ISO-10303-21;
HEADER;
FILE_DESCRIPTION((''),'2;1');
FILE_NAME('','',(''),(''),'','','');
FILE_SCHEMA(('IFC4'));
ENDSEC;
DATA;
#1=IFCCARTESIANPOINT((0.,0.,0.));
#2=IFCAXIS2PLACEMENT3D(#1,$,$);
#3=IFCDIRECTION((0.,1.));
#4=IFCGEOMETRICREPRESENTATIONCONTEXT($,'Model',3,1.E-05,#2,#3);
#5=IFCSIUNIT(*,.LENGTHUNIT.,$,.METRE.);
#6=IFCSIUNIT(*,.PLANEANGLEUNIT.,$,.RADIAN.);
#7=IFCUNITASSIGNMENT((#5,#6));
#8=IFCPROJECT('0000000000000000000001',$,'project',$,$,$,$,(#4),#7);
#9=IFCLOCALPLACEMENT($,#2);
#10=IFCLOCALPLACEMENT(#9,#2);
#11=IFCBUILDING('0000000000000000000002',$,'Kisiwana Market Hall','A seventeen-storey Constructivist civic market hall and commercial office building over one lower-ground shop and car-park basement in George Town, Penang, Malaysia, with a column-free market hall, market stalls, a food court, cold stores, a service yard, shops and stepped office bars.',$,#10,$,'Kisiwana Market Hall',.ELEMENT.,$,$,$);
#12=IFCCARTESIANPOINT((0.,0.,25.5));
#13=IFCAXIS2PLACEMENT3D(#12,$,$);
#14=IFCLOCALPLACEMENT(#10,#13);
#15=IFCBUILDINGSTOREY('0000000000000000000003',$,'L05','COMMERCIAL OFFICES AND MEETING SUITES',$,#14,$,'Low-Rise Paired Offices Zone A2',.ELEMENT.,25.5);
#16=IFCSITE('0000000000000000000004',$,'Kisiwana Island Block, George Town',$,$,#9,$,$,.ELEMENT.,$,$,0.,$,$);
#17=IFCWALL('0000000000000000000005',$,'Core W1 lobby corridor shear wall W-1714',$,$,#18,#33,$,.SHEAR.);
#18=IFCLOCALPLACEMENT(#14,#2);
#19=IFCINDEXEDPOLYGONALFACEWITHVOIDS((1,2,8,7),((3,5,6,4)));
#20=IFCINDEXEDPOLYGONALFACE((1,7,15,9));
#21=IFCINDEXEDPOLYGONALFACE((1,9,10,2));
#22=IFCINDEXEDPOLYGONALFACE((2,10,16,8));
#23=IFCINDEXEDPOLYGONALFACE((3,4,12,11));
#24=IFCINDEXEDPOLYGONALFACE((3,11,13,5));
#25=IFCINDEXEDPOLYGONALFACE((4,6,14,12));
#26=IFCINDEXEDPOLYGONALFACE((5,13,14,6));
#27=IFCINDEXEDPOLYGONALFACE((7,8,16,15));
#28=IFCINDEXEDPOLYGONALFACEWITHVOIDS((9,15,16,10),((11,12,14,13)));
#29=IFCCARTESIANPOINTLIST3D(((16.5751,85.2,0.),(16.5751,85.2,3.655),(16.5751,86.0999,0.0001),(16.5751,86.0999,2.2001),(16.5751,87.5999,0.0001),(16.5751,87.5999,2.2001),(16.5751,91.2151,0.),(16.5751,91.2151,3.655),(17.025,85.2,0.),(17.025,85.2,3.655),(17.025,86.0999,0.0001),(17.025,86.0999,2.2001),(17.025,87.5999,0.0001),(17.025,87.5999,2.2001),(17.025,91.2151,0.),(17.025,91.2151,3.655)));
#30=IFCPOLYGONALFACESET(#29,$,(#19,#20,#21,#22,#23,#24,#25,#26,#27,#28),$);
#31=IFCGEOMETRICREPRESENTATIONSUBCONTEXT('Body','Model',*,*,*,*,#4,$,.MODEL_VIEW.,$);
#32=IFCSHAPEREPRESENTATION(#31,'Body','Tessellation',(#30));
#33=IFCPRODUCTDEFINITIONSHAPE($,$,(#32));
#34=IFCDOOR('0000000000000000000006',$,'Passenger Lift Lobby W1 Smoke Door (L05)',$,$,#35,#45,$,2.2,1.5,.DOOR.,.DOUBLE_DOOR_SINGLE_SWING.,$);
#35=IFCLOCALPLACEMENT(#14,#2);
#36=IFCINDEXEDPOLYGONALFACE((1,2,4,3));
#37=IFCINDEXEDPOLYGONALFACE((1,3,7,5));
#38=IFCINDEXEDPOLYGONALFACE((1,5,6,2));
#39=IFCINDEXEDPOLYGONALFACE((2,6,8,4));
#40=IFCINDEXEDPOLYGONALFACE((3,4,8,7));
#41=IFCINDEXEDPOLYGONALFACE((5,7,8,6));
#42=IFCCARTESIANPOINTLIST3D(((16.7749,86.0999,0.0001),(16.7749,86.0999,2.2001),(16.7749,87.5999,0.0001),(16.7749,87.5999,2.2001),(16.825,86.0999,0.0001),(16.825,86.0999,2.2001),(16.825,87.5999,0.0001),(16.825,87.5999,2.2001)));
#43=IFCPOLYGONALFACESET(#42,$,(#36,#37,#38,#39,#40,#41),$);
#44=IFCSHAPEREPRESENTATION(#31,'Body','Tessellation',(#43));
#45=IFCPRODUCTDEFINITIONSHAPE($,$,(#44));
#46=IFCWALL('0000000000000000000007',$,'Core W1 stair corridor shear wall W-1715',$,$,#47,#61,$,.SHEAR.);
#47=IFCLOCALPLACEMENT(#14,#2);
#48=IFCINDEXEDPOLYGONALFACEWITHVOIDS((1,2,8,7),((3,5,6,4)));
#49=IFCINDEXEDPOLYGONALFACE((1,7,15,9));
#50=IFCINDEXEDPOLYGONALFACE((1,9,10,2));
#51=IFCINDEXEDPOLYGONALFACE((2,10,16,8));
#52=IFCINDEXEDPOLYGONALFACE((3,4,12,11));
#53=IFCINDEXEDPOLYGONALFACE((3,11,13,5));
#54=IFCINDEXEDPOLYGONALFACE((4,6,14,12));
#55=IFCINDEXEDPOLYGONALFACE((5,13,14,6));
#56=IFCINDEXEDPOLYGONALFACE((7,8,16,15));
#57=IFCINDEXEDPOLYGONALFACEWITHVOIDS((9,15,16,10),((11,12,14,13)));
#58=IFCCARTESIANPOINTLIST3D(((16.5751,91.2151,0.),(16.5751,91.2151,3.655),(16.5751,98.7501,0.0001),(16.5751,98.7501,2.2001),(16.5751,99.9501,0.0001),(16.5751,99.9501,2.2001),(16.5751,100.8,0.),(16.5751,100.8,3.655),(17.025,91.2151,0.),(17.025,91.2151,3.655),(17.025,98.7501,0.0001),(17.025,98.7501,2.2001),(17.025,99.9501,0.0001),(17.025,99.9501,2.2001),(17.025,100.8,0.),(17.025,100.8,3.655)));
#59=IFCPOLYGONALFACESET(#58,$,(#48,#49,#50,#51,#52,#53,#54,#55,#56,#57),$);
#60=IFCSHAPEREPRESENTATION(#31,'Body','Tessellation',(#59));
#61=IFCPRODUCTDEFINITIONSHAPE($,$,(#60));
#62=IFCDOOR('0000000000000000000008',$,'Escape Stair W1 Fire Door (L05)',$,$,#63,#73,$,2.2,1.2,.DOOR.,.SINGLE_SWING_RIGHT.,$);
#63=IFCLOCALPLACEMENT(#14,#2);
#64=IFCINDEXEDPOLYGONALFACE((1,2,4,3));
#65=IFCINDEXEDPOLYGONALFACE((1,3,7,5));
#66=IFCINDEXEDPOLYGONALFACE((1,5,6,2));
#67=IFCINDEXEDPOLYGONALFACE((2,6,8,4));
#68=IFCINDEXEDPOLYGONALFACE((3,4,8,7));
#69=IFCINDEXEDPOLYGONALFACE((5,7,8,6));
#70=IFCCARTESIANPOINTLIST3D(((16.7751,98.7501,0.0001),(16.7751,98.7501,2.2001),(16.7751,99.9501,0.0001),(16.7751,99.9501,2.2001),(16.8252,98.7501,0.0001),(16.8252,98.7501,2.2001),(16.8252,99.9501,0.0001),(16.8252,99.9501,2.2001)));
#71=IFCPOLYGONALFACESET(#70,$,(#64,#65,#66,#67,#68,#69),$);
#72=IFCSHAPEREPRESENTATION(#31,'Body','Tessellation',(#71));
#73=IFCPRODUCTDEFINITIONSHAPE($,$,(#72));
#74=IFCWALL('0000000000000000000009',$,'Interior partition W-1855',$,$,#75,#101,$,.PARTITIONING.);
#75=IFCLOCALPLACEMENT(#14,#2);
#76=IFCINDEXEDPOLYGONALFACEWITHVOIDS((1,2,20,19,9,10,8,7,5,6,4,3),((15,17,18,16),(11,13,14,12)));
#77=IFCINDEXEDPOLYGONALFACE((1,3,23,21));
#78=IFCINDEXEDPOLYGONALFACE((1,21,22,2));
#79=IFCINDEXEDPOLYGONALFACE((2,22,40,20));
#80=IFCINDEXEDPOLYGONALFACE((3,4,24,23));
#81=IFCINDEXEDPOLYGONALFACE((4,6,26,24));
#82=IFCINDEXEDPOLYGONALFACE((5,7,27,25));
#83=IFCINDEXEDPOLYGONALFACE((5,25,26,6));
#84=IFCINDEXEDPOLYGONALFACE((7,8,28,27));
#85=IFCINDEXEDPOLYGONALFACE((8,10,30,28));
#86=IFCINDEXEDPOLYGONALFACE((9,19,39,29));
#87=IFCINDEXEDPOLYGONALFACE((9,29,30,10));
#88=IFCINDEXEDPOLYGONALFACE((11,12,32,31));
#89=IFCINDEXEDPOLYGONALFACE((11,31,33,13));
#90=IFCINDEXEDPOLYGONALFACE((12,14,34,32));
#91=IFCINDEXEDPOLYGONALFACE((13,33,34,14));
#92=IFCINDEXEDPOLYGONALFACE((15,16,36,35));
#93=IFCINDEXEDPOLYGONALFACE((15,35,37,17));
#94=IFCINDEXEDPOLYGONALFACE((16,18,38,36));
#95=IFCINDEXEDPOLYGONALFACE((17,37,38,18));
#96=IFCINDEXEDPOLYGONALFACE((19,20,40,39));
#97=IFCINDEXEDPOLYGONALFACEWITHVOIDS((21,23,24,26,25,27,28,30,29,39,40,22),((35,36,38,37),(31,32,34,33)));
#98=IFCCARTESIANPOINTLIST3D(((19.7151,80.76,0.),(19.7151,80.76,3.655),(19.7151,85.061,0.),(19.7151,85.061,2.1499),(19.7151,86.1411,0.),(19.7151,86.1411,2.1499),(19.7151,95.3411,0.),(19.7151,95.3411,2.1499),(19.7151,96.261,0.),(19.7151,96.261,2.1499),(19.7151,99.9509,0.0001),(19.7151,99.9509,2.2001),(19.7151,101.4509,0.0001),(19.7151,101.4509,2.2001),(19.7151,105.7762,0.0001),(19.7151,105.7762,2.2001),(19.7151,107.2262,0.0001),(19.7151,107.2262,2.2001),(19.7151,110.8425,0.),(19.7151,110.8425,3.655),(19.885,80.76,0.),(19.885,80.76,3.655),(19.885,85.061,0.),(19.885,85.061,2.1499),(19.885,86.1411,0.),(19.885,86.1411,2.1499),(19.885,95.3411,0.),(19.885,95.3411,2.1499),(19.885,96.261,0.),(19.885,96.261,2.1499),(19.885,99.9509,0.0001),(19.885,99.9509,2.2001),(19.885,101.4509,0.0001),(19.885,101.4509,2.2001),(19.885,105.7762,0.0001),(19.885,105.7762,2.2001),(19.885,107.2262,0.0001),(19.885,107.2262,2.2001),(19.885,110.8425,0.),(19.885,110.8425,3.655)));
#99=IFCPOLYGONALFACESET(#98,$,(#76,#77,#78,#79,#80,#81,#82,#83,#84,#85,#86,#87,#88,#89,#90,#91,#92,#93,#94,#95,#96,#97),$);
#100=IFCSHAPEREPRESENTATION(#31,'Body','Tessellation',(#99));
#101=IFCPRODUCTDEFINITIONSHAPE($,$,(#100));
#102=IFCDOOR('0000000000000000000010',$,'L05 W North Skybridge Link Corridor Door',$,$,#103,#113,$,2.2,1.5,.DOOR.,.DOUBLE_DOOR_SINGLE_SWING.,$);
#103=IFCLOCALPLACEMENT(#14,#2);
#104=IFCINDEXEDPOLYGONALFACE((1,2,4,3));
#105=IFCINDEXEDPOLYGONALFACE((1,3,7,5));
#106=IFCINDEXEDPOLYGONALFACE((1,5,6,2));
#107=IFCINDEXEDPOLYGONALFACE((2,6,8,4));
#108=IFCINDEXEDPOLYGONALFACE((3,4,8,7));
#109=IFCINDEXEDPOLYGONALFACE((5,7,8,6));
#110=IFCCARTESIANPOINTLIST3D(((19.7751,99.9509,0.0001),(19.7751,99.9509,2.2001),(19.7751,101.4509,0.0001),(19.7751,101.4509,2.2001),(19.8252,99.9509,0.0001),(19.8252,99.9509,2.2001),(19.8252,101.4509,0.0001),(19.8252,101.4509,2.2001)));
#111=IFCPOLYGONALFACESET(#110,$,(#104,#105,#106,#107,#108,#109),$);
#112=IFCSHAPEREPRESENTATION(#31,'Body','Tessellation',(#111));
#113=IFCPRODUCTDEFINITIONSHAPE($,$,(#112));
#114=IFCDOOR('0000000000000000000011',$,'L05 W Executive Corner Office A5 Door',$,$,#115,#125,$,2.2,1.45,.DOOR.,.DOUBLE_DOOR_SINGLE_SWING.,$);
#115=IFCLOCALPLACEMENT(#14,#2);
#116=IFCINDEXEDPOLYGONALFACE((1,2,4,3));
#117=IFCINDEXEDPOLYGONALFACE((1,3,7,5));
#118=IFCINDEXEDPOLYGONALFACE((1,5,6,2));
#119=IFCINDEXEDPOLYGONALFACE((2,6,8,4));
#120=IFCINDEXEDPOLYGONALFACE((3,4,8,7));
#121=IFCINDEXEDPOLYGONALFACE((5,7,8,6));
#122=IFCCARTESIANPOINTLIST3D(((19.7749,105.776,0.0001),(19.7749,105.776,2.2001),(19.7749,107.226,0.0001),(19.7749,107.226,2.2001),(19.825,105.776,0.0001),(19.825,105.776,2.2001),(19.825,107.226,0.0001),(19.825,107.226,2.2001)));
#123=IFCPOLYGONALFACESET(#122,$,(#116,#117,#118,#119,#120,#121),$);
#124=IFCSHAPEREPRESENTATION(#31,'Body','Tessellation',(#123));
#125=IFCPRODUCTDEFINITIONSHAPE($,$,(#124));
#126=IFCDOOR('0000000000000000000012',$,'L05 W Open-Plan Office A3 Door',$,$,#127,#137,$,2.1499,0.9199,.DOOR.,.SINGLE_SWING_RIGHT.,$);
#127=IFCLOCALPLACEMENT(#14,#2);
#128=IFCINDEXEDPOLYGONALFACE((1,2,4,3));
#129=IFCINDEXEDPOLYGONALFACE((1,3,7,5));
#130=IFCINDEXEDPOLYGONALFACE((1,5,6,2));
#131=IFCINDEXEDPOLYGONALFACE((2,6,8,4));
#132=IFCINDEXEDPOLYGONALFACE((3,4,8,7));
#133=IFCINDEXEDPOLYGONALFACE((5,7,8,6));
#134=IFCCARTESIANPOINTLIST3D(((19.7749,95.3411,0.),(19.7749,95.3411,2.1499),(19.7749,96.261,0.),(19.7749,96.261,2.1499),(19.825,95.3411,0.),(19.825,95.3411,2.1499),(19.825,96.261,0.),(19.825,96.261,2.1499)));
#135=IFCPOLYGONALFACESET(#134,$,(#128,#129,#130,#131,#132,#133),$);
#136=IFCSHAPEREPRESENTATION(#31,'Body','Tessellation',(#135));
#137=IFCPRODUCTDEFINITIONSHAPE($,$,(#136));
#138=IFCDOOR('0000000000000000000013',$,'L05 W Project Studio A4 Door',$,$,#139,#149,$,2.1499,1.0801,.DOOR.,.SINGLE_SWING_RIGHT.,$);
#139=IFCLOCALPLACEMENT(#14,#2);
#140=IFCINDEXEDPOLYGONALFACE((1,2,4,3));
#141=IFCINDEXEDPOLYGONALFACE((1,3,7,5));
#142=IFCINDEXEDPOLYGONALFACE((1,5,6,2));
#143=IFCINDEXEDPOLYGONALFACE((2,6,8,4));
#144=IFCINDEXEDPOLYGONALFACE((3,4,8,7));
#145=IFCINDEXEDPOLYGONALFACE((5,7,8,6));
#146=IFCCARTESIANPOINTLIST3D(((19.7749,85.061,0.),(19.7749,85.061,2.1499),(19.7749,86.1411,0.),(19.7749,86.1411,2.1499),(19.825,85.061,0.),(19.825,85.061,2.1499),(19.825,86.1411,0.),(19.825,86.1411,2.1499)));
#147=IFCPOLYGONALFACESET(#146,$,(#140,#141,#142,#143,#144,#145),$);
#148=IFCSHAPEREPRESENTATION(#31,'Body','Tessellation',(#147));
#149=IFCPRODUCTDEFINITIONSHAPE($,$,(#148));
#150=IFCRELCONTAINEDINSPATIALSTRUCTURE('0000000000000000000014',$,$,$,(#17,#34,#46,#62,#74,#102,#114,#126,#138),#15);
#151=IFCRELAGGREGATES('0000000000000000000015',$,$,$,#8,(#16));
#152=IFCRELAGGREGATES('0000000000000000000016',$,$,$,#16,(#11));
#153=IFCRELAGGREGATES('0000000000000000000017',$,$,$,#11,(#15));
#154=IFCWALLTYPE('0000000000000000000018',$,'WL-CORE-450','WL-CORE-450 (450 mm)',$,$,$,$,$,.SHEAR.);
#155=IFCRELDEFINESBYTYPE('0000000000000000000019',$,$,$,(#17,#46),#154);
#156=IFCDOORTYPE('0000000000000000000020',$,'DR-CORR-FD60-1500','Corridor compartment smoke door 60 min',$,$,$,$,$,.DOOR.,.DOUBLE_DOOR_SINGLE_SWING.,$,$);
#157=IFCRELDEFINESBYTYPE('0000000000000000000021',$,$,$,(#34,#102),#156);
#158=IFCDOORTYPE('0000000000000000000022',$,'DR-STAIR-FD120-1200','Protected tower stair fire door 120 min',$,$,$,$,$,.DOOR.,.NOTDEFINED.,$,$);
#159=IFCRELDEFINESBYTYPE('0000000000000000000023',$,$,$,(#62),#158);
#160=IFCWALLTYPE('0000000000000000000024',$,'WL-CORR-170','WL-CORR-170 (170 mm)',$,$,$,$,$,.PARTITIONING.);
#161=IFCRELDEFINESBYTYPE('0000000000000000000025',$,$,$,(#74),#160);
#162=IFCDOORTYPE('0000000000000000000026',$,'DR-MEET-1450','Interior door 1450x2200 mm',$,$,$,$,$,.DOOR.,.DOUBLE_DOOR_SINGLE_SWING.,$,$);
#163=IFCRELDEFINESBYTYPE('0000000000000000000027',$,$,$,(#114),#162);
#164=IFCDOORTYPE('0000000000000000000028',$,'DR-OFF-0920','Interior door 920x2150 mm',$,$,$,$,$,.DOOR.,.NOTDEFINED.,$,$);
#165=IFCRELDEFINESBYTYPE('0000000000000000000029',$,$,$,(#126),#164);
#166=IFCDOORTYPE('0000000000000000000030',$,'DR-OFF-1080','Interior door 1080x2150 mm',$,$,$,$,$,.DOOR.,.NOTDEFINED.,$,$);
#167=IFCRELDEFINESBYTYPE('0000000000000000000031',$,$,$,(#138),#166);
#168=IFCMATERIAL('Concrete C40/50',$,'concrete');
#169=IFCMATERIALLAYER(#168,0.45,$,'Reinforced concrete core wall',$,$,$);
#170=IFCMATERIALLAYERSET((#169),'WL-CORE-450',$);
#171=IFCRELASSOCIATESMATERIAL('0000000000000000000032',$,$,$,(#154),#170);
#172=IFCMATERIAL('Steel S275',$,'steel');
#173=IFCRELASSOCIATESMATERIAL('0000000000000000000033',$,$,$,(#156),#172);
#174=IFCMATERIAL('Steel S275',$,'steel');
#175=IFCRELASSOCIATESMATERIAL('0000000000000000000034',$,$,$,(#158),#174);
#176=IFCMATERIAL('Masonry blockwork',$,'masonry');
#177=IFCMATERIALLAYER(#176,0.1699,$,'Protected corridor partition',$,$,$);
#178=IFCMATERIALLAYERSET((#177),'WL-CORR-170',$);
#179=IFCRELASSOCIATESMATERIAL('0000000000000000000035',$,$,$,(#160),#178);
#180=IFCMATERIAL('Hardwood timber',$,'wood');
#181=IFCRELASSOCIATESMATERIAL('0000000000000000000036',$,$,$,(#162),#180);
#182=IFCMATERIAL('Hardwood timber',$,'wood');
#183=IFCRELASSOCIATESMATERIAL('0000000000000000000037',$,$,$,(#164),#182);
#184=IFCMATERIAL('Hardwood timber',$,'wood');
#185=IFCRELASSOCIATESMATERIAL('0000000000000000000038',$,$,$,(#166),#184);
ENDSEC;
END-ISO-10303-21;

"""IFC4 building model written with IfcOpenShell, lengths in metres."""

from ifc_helpers import new_model, si_unit, direction, frame, frame_2d, origin, place, context, subcontext, project, spatial, rectangle, extrude, material, layer, layer_set, type_object, element, fill, save


model = new_model("IFC4")

# Units and contexts
model_context = context("Model", 3, precision=1e-05, world=origin(), true_north=direction((0.0, 1.0)))
body_context = subcontext(model_context, "Body", "Model", "MODEL_VIEW")
ifc_project = project(units=[si_unit("LENGTHUNIT", "METRE"), si_unit("PLANEANGLEUNIT", "RADIAN")], contexts=[model_context])

# Site, building, storey
site_placement = place(None, origin())
site = spatial("IfcSite", under=ifc_project, at=site_placement, Name="Kisiwana Island Block, George Town", CompositionType="ELEMENT", RefElevation=0.0)
building_placement = place(site_placement, origin())
building = spatial("IfcBuilding", under=site, at=building_placement, Name="Kisiwana Market Hall", Description="A seventeen-storey Constructivist civic market hall and commercial office building over one lower-ground shop and car-park basement in George Town, Penang, Malaysia, with a column-free market hall, market stalls, a food court, cold stores, a service yard, shops and stepped office bars.", LongName="Kisiwana Market Hall", CompositionType="ELEMENT")
storey_placement = place(building_placement, frame((0.0, 0.0, 25.5)))
storey = spatial("IfcBuildingStorey", under=building, at=storey_placement, Name="L05", Description="COMMERCIAL OFFICES AND MEETING SUITES", LongName="Low-Rise Paired Offices Zone A2", CompositionType="ELEMENT", Elevation=25.5)

# Walls, openings, doors
ifc_material_1 = material(Name="Concrete C40/50", Category="concrete")
ifc_layer_1 = layer(ifc_material_1, 0.45, Name="Reinforced concrete core wall")
ifc_layer_set_1 = layer_set([ifc_layer_1], Name="WL-CORE-450")
wall_type_1 = type_object("IfcWallType", Name="WL-CORE-450", Description="WL-CORE-450 (450 mm)", PredefinedType="SHEAR", material=ifc_layer_set_1)
wall_1_placement = place(storey_placement, frame((16.8, 85.2, 0.0), z_axis=(0.0, 0.0, 1.0), x_axis=(0.0, 1.0, 0.0)))
wall_1 = element("IfcWall", 1, at=wall_1_placement, inside=storey, type_object=wall_type_1, Name="Core W1 lobby corridor shear wall W-1714", PredefinedType="SHEAR", context=body_context, shape_type="SweptSolid", body=[
    extrude(rectangle(XDim=6.0151, YDim=0.45, at=frame_2d((3.0076, 0.0))), origin(), (0.0, 0.0, 1.0), 3.655),
])
opening_1_placement = place(wall_1_placement, frame((0.8999, 0.0, 0.0)))
opening_1 = element("IfcOpeningElement", 2, at=opening_1_placement, cuts=wall_1, PredefinedType="OPENING", context=body_context, shape_type="SweptSolid", body=[
    extrude(rectangle(XDim=1.5, YDim=2.2, at=frame_2d((0.75, 1.1001))), frame((0.0, 0.2368, 0.0), z_axis=(0.0, -1.0, 0.0), x_axis=(1.0, 0.0, 0.0)), (0.0, 0.0, 1.0), 0.4739),
])
ifc_material_2 = material(Name="Steel S275", Category="steel")
door_type_1 = type_object("IfcDoorType", Name="DR-CORR-FD60-1500", Description="Corridor compartment smoke door 60 min", OperationType="DOUBLE_DOOR_SINGLE_SWING", PredefinedType="DOOR", material=ifc_material_2)
door_1_placement = place(opening_1_placement, frame((1.5, 0.0, 0.0), z_axis=(0.0, 0.0, 1.0), x_axis=(-1.0, 0.0, 0.0)))
door_1 = element("IfcDoor", 3, at=door_1_placement, inside=storey, type_object=door_type_1, Name="Passenger Lift Lobby W1 Smoke Door (L05)", OperationType="DOUBLE_DOOR_SINGLE_SWING", OverallHeight=2.2, OverallWidth=1.5, PredefinedType="DOOR", context=body_context, shape_type="SweptSolid", body=[
    extrude(rectangle(XDim=1.5, YDim=2.2, at=frame_2d((0.75, 1.1001))), frame((0.0, 0.0249, 0.0), z_axis=(0.0, -1.0, 0.0), x_axis=(1.0, 0.0, 0.0)), (0.0, 0.0, 1.0), 0.05),
])
fill(opening_1, door_1)
wall_2_placement = place(storey_placement, frame((16.8, 91.2151, 0.0), z_axis=(0.0, 0.0, 1.0), x_axis=(0.0, 1.0, 0.0)))
wall_2 = element("IfcWall", 4, at=wall_2_placement, inside=storey, type_object=wall_type_1, Name="Core W1 stair corridor shear wall W-1715", PredefinedType="SHEAR", context=body_context, shape_type="SweptSolid", body=[
    extrude(rectangle(XDim=9.585, YDim=0.45, at=frame_2d((4.7925, 0.0))), origin(), (0.0, 0.0, 1.0), 3.655),
])
opening_2_placement = place(wall_2_placement, frame((7.5349, 0.0, 0.0)))
opening_2 = element("IfcOpeningElement", 5, at=opening_2_placement, cuts=wall_2, PredefinedType="OPENING", context=body_context, shape_type="SweptSolid", body=[
    extrude(rectangle(XDim=1.2, YDim=2.2, at=frame_2d((0.6001, 1.1001))), frame((0.0, 0.2368, 0.0), z_axis=(0.0, -1.0, 0.0), x_axis=(1.0, 0.0, 0.0)), (0.0, 0.0, 1.0), 0.4739),
])
ifc_material_3 = material(Name="Steel S275", Category="steel")
door_type_2 = type_object("IfcDoorType", Name="DR-STAIR-FD120-1200", Description="Protected tower stair fire door 120 min", OperationType="NOTDEFINED", PredefinedType="DOOR", material=ifc_material_3)
door_2_placement = place(opening_2_placement, origin())
door_2 = element("IfcDoor", 6, at=door_2_placement, inside=storey, type_object=door_type_2, Name="Escape Stair W1 Fire Door (L05)", OperationType="SINGLE_SWING_RIGHT", OverallHeight=2.2, OverallWidth=1.2, PredefinedType="DOOR", context=body_context, shape_type="SweptSolid", body=[
    extrude(rectangle(XDim=1.2, YDim=2.2, at=frame_2d((0.6001, 1.1001))), frame((0.0, 0.0249, 0.0), z_axis=(0.0, -1.0, 0.0), x_axis=(1.0, 0.0, 0.0)), (0.0, 0.0, 1.0), 0.05),
])
fill(opening_2, door_2)

# Wall, openings, doors
ifc_material_4 = material(Name="Masonry blockwork", Category="masonry")
ifc_layer_2 = layer(ifc_material_4, 0.1699, Name="Protected corridor partition")
ifc_layer_set_2 = layer_set([ifc_layer_2], Name="WL-CORR-170")
wall_type_2 = type_object("IfcWallType", Name="WL-CORR-170", Description="WL-CORR-170 (170 mm)", PredefinedType="PARTITIONING", material=ifc_layer_set_2)
wall_3_placement = place(storey_placement, frame((19.8, 80.76, 0.0), z_axis=(0.0, 0.0, 1.0), x_axis=(0.0, 1.0, 0.0)))
wall_3 = element("IfcWall", 7, at=wall_3_placement, inside=storey, type_object=wall_type_2, Name="Interior partition W-1855", PredefinedType="PARTITIONING", context=body_context, shape_type="SweptSolid", body=[
    extrude(rectangle(XDim=30.0825, YDim=0.1699, at=frame_2d((15.0413, 0.0))), origin(), (0.0, 0.0, 1.0), 3.655),
])
opening_3_placement = place(wall_3_placement, frame((4.301, 0.0, 0.0)))
opening_3 = element("IfcOpeningElement", 8, at=opening_3_placement, cuts=wall_3, PredefinedType="OPENING", context=body_context, shape_type="SweptSolid", body=[
    extrude(rectangle(XDim=1.0801, YDim=2.1499, at=frame_2d((0.54, 1.075))), frame((0.0, 0.0969, 0.0), z_axis=(0.0, -1.0, 0.0), x_axis=(1.0, 0.0, 0.0)), (0.0, 0.0, 1.0), 0.1938),
])
opening_4_placement = place(wall_3_placement, frame((19.1909, 0.0, 0.0)))
opening_4 = element("IfcOpeningElement", 9, at=opening_4_placement, cuts=wall_3, PredefinedType="OPENING", context=body_context, shape_type="SweptSolid", body=[
    extrude(rectangle(XDim=1.5, YDim=2.2, at=frame_2d((0.75, 1.1001))), frame((0.0, 0.0969, 0.0), z_axis=(0.0, -1.0, 0.0), x_axis=(1.0, 0.0, 0.0)), (0.0, 0.0, 1.0), 0.1938),
])
opening_5_placement = place(wall_3_placement, frame((25.0161, 0.0, 0.0)))
opening_5 = element("IfcOpeningElement", 10, at=opening_5_placement, cuts=wall_3, PredefinedType="OPENING", context=body_context, shape_type="SweptSolid", body=[
    extrude(rectangle(XDim=1.45, YDim=2.2, at=frame_2d((0.7251, 1.1001))), frame((0.0, 0.0969, 0.0), z_axis=(0.0, -1.0, 0.0), x_axis=(1.0, 0.0, 0.0)), (0.0, 0.0, 1.0), 0.1938),
])
opening_6_placement = place(wall_3_placement, frame((14.5811, 0.0, 0.0)))
opening_6 = element("IfcOpeningElement", 11, at=opening_6_placement, cuts=wall_3, PredefinedType="OPENING", context=body_context, shape_type="SweptSolid", body=[
    extrude(rectangle(XDim=0.9199, YDim=2.1499, at=frame_2d((0.46, 1.075))), frame((0.0, 0.0969, 0.0), z_axis=(0.0, -1.0, 0.0), x_axis=(1.0, 0.0, 0.0)), (0.0, 0.0, 1.0), 0.1938),
])
door_3_placement = place(opening_4_placement, origin())
door_3 = element("IfcDoor", 12, at=door_3_placement, inside=storey, type_object=door_type_1, Name="L05 W North Skybridge Link Corridor Door", OperationType="DOUBLE_DOOR_SINGLE_SWING", OverallHeight=2.2, OverallWidth=1.5, PredefinedType="DOOR", context=body_context, shape_type="SweptSolid", body=[
    extrude(rectangle(XDim=1.5, YDim=2.2, at=frame_2d((0.75, 1.1001))), frame((0.0, 0.0249, 0.0), z_axis=(0.0, -1.0, 0.0), x_axis=(1.0, 0.0, 0.0)), (0.0, 0.0, 1.0), 0.05),
])
fill(opening_4, door_3)
ifc_material_5 = material(Name="Hardwood timber", Category="wood")
door_type_3 = type_object("IfcDoorType", Name="DR-MEET-1450", Description="Interior door 1450x2200 mm", OperationType="DOUBLE_DOOR_SINGLE_SWING", PredefinedType="DOOR", material=ifc_material_5)
door_4_placement = place(opening_5_placement, frame((1.45, 0.0, 0.0), z_axis=(0.0, 0.0, 1.0), x_axis=(-1.0, 0.0, 0.0)))
door_4 = element("IfcDoor", 13, at=door_4_placement, inside=storey, type_object=door_type_3, Name="L05 W Executive Corner Office A5 Door", OperationType="DOUBLE_DOOR_SINGLE_SWING", OverallHeight=2.2, OverallWidth=1.45, PredefinedType="DOOR", context=body_context, shape_type="SweptSolid", body=[
    extrude(rectangle(XDim=1.45, YDim=2.2, at=frame_2d((0.7251, 1.1001))), frame((0.0, 0.0249, 0.0), z_axis=(0.0, -1.0, 0.0), x_axis=(1.0, 0.0, 0.0)), (0.0, 0.0, 1.0), 0.05),
])
fill(opening_5, door_4)
ifc_material_6 = material(Name="Hardwood timber", Category="wood")
door_type_4 = type_object("IfcDoorType", Name="DR-OFF-0920", Description="Interior door 920x2150 mm", OperationType="NOTDEFINED", PredefinedType="DOOR", material=ifc_material_6)
door_5_placement = place(opening_6_placement, frame((0.9199, 0.0, 0.0), z_axis=(0.0, 0.0, 1.0), x_axis=(-1.0, 0.0, 0.0)))
door_5 = element("IfcDoor", 14, at=door_5_placement, inside=storey, type_object=door_type_4, Name="L05 W Open-Plan Office A3 Door", OperationType="SINGLE_SWING_RIGHT", OverallHeight=2.1499, OverallWidth=0.9199, PredefinedType="DOOR", context=body_context, shape_type="SweptSolid", body=[
    extrude(rectangle(XDim=0.9199, YDim=2.1499, at=frame_2d((0.46, 1.075))), frame((0.0, 0.0249, 0.0), z_axis=(0.0, -1.0, 0.0), x_axis=(1.0, 0.0, 0.0)), (0.0, 0.0, 1.0), 0.05),
])
fill(opening_6, door_5)
ifc_material_7 = material(Name="Hardwood timber", Category="wood")
door_type_5 = type_object("IfcDoorType", Name="DR-OFF-1080", Description="Interior door 1080x2150 mm", OperationType="NOTDEFINED", PredefinedType="DOOR", material=ifc_material_7)
door_6_placement = place(opening_3_placement, frame((1.0801, 0.0, 0.0), z_axis=(0.0, 0.0, 1.0), x_axis=(-1.0, 0.0, 0.0)))
door_6 = element("IfcDoor", 15, at=door_6_placement, inside=storey, type_object=door_type_5, Name="L05 W Project Studio A4 Door", OperationType="SINGLE_SWING_RIGHT", OverallHeight=2.1499, OverallWidth=1.0801, PredefinedType="DOOR", context=body_context, shape_type="SweptSolid", body=[
    extrude(rectangle(XDim=1.0801, YDim=2.1499, at=frame_2d((0.54, 1.075))), frame((0.0, 0.0249, 0.0), z_axis=(0.0, -1.0, 0.0), x_axis=(1.0, 0.0, 0.0)), (0.0, 0.0, 1.0), 0.05),
])
fill(opening_3, door_6)

save(model, "model.ifc")
